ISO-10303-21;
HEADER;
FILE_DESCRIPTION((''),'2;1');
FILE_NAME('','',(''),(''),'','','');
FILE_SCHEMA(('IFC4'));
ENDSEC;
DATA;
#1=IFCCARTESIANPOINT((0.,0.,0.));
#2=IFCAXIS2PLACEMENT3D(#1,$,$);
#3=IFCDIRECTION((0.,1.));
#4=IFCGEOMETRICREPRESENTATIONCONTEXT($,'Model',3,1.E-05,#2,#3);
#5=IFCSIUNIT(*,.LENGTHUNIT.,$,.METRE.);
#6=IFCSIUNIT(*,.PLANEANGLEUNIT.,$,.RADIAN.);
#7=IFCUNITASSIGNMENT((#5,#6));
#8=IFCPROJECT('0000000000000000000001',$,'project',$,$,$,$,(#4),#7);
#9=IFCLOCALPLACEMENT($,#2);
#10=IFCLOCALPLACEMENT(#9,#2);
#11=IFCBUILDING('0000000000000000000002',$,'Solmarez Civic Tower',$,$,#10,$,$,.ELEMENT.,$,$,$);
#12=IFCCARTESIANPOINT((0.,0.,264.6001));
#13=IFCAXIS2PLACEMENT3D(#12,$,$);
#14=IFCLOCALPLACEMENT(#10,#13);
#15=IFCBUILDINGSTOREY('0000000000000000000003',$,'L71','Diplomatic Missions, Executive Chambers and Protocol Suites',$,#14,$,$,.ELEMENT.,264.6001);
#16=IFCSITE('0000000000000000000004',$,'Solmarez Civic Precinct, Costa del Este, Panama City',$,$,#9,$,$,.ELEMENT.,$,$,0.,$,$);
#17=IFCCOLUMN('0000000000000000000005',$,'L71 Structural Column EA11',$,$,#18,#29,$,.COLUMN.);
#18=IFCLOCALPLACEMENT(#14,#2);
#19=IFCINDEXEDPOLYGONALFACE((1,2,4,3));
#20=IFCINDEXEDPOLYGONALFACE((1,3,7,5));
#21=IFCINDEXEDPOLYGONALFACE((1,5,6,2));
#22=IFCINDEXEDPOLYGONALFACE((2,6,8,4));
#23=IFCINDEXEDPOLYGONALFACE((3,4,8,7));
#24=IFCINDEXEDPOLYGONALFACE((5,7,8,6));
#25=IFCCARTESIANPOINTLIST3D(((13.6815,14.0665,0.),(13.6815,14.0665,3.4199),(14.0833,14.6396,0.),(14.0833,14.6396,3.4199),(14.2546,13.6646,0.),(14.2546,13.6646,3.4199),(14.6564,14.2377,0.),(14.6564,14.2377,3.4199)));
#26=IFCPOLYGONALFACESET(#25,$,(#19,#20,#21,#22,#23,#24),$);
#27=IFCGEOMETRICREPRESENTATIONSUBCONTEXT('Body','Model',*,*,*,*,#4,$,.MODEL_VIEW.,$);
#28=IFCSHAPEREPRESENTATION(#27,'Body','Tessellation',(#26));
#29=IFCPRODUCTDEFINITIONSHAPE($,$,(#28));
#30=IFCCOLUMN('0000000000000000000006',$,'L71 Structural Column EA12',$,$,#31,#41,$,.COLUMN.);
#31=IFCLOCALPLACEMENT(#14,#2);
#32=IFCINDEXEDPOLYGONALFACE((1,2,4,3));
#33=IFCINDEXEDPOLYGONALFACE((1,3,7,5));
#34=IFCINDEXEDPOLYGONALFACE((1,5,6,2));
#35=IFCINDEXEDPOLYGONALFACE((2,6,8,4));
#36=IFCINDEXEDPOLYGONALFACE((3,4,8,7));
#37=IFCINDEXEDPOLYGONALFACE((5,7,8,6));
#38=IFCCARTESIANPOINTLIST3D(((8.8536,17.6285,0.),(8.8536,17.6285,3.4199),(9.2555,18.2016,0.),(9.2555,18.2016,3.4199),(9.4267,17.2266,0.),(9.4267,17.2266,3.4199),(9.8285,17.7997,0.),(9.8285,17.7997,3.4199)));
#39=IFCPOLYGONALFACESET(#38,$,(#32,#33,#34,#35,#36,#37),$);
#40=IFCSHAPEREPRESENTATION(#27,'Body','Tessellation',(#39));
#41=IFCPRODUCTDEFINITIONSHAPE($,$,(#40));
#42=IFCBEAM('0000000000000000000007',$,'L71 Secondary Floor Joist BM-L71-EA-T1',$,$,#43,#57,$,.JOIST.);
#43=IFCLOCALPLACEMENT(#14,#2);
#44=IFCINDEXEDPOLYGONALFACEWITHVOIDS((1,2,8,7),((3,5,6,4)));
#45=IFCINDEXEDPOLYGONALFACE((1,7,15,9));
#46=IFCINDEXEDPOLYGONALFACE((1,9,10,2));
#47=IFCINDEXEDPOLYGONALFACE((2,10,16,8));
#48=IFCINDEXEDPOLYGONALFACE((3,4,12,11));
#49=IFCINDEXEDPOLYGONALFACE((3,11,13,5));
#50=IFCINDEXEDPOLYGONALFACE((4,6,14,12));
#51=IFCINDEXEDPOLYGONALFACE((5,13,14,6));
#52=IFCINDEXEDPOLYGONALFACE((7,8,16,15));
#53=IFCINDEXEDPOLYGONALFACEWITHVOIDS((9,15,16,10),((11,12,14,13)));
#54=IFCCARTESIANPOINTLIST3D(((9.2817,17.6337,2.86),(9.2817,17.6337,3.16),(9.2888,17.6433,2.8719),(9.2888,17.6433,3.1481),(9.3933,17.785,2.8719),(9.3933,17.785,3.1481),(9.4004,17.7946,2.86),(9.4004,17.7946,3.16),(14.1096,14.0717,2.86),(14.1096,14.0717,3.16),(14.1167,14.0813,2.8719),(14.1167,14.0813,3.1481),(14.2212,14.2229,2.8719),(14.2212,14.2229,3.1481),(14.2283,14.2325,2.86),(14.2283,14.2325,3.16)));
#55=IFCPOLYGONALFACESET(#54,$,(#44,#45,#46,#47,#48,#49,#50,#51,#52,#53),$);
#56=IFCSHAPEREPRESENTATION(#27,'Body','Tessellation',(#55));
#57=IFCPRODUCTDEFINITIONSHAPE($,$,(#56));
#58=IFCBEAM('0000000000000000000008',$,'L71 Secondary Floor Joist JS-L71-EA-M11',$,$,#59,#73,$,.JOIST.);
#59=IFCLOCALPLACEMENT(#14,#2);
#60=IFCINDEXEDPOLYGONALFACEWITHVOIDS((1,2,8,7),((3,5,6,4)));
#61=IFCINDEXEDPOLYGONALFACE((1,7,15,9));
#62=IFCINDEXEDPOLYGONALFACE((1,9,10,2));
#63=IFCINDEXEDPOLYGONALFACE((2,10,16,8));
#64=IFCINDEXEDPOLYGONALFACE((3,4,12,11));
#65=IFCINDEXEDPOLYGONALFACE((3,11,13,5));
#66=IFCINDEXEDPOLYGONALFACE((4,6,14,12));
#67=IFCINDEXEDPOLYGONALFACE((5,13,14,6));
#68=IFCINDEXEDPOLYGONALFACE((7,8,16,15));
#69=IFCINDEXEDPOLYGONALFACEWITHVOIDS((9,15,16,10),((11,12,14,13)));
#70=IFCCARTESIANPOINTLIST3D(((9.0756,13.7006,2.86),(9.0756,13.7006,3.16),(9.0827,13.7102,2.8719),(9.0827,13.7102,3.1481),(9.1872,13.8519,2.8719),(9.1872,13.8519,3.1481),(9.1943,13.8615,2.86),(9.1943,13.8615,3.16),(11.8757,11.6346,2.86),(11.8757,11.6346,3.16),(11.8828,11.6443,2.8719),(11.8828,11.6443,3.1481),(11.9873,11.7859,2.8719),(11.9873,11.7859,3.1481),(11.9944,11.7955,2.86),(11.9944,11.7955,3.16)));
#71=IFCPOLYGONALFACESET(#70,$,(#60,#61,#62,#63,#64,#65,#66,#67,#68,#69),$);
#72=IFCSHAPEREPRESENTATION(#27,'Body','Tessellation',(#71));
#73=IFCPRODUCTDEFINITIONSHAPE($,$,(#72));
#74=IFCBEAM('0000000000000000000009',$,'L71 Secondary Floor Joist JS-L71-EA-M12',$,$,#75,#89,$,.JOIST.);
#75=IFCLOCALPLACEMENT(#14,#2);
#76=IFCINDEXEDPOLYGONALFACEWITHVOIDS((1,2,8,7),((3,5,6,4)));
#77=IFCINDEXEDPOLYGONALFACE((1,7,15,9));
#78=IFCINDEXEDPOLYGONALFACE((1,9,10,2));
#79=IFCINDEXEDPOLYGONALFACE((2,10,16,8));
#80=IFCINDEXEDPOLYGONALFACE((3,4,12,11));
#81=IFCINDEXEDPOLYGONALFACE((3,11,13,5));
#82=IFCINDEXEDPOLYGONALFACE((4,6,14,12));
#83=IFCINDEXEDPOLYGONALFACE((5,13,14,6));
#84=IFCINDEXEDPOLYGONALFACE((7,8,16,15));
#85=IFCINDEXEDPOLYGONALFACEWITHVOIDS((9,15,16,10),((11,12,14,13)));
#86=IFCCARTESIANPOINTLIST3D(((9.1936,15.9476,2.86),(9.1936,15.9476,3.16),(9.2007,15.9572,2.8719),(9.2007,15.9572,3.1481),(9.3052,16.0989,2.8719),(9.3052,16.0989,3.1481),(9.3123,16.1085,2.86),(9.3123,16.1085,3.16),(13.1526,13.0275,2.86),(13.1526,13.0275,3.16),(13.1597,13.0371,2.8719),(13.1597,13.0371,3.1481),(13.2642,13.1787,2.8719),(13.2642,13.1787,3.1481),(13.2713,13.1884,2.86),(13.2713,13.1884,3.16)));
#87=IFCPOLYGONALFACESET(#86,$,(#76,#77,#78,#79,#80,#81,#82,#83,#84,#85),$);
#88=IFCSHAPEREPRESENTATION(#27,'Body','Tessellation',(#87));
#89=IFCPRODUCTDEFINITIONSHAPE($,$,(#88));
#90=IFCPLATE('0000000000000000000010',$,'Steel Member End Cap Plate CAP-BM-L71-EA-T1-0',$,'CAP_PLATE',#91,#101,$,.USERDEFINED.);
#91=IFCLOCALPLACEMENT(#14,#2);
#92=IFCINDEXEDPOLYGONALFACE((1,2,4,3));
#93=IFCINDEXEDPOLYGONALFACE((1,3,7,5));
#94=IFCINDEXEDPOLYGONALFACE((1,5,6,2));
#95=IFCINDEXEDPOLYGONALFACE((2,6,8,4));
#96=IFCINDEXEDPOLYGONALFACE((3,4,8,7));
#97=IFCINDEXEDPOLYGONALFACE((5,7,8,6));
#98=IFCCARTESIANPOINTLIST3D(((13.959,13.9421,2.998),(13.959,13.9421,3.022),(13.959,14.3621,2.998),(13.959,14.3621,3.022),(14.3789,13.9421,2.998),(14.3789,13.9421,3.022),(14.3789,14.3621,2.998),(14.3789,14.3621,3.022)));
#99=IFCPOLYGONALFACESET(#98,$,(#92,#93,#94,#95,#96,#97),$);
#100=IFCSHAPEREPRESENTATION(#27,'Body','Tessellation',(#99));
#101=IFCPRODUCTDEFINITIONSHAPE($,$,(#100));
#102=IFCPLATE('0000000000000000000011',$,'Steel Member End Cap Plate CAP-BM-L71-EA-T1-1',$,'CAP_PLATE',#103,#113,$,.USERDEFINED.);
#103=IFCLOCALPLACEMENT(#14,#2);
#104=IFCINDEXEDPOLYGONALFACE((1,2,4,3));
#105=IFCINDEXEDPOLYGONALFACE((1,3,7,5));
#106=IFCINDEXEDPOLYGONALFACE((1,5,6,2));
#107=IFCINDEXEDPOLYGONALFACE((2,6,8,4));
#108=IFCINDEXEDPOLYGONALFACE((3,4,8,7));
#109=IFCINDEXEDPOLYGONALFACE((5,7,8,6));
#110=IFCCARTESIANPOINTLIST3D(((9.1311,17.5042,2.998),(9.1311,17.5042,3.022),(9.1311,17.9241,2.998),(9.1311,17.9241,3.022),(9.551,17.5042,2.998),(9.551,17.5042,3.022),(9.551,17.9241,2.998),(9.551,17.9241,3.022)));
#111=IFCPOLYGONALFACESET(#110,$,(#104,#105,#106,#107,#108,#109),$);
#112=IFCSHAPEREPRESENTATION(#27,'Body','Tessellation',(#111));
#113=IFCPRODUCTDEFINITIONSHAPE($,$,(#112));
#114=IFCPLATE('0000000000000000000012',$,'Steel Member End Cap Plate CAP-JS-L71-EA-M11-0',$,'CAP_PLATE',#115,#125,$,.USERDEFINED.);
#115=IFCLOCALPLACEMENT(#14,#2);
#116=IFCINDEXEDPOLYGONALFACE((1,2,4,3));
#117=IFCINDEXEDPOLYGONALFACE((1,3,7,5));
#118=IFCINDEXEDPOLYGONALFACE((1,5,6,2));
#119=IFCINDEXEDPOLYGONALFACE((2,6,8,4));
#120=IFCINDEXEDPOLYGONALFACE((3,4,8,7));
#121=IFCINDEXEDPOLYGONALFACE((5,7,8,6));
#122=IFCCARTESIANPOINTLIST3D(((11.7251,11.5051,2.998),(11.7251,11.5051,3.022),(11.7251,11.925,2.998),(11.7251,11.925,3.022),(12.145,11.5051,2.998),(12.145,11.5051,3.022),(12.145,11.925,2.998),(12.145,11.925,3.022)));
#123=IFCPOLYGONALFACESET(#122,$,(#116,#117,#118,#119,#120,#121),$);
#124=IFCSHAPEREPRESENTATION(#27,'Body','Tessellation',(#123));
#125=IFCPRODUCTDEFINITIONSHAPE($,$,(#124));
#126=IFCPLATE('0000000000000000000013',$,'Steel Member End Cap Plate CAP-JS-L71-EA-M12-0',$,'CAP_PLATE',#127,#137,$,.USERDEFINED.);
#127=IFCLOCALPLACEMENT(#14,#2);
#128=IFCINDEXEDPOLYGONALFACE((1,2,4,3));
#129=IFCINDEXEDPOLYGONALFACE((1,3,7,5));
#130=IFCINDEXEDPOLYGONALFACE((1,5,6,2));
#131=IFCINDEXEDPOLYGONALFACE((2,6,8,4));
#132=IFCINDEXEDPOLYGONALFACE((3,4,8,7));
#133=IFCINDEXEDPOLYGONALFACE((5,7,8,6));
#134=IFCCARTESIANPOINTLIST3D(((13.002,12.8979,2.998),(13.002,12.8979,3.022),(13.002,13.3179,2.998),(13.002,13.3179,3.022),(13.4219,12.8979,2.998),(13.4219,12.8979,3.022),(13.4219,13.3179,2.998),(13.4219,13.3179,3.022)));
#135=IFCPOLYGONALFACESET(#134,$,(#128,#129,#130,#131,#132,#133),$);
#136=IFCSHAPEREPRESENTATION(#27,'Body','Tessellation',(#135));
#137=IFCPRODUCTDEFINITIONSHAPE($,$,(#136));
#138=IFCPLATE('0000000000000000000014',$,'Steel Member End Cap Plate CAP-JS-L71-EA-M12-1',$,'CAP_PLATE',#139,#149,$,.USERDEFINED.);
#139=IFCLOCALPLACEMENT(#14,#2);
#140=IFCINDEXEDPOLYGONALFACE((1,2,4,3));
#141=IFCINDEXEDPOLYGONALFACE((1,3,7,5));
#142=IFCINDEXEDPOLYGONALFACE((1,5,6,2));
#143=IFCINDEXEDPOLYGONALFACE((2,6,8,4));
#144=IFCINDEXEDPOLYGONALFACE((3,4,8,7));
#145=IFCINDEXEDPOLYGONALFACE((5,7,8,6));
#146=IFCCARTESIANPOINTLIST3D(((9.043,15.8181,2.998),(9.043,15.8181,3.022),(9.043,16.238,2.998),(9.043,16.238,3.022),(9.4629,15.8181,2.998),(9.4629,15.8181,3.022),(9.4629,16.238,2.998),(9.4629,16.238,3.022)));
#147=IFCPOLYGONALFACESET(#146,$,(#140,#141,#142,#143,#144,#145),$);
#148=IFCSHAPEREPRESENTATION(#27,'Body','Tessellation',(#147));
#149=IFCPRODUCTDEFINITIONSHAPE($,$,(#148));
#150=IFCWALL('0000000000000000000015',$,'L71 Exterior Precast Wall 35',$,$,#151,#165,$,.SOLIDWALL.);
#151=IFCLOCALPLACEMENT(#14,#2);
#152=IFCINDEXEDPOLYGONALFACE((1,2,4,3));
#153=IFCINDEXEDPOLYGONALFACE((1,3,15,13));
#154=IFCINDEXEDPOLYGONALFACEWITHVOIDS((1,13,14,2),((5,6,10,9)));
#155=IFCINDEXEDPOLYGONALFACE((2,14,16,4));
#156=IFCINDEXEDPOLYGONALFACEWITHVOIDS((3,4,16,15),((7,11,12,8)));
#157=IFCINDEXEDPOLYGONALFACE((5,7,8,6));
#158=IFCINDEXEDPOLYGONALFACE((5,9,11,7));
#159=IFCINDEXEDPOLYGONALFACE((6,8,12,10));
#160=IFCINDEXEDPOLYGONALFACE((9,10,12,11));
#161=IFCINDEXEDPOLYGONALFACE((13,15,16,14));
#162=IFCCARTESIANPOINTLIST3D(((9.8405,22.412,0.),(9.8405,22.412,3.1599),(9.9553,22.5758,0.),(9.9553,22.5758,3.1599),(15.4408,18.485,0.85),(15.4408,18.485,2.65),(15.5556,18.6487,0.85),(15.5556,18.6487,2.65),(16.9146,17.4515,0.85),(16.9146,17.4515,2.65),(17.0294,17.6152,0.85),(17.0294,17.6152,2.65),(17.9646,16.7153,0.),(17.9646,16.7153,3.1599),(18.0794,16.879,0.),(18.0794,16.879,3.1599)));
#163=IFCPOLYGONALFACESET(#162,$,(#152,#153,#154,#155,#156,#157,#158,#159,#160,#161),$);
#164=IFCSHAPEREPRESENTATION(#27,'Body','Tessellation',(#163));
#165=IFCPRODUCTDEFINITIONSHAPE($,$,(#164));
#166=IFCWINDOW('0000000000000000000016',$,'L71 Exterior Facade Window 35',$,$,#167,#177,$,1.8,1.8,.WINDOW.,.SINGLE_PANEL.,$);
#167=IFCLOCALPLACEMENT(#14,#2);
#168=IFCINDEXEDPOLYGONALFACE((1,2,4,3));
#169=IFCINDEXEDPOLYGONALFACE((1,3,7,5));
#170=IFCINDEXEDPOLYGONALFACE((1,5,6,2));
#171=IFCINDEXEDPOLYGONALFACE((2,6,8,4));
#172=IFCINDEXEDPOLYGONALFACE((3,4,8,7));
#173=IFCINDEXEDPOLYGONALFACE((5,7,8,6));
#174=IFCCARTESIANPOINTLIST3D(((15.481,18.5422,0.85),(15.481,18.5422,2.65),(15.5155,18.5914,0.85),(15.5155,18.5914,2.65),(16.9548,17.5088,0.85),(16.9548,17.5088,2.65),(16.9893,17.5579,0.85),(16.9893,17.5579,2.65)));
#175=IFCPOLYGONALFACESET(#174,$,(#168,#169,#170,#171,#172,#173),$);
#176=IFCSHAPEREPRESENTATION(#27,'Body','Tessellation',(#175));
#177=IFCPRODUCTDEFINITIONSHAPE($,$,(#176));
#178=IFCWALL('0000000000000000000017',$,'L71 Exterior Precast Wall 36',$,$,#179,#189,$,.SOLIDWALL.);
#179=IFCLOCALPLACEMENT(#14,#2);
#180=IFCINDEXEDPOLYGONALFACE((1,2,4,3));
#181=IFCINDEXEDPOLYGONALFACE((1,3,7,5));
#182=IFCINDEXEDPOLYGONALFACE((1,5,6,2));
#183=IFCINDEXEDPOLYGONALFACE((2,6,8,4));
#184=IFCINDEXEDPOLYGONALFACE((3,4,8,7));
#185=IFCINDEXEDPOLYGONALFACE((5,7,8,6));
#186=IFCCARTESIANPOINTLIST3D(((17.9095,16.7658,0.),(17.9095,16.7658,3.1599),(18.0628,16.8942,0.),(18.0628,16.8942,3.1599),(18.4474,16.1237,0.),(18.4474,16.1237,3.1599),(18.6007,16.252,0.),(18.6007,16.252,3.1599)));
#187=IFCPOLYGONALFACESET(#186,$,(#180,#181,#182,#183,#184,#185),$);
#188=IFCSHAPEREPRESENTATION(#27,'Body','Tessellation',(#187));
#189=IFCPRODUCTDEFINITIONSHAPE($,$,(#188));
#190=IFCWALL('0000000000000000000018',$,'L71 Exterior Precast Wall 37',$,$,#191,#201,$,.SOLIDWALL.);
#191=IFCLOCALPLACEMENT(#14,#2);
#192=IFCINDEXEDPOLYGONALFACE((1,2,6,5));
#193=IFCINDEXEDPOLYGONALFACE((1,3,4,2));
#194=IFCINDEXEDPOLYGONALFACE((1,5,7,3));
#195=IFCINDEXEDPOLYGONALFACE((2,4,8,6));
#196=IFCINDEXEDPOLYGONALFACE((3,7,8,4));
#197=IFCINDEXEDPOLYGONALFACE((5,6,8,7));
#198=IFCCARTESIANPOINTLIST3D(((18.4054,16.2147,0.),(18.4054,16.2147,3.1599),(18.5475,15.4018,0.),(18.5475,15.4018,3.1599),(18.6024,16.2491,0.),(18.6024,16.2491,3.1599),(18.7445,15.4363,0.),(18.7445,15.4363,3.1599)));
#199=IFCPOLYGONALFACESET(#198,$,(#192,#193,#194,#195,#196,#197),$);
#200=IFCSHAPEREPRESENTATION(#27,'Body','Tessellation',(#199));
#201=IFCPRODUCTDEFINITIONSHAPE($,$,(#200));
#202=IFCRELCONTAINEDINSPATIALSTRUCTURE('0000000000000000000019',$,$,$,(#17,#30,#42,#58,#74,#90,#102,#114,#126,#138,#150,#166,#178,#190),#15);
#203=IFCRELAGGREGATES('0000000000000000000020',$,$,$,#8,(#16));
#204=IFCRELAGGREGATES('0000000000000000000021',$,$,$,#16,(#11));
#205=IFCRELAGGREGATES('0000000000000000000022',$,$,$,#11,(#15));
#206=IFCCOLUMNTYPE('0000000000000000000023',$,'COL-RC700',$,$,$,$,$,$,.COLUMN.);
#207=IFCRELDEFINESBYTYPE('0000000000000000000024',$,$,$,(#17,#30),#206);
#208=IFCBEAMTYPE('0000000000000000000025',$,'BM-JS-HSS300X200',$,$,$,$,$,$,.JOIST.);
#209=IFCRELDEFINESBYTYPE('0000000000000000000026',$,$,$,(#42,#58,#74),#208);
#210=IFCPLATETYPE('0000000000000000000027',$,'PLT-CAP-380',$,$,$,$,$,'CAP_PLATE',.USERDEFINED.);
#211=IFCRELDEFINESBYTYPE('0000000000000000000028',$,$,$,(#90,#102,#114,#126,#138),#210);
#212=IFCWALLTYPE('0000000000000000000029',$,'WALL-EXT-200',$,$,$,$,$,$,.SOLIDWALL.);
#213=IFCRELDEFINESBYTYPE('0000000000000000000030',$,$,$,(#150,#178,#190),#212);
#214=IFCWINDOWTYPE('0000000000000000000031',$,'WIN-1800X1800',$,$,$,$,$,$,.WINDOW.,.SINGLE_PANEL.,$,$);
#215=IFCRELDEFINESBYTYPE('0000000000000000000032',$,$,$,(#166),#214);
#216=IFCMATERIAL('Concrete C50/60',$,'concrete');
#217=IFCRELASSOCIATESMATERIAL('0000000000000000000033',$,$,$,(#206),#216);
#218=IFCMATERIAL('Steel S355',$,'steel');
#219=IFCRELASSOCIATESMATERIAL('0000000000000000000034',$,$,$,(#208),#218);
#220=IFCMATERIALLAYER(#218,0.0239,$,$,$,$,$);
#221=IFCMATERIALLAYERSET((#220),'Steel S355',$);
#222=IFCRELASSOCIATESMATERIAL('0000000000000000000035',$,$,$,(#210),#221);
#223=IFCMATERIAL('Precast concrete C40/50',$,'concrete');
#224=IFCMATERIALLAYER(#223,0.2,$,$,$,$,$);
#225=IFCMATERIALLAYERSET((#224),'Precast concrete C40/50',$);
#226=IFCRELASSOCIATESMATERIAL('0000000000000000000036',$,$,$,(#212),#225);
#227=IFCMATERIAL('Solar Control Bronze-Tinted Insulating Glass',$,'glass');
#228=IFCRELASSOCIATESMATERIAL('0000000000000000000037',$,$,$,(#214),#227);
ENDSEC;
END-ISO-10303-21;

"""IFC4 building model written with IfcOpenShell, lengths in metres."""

from ifc_helpers import new_model, si_unit, direction, frame, frame_2d, origin, origin_2d, place, context, subcontext, project, spatial, rectangle, hollow_rectangle, extrude, material, layer, layer_set, material_profile, profile_set, type_object, element, fill, save


model = new_model("IFC4")

# Units and contexts
model_context = context("Model", 3, precision=1e-05, world=origin(), true_north=direction((0.0, 1.0)))
body_context = subcontext(model_context, "Body", "Model", "MODEL_VIEW")
ifc_project = project(units=[si_unit("LENGTHUNIT", "METRE"), si_unit("PLANEANGLEUNIT", "RADIAN")], contexts=[model_context])

# Site, building, storey
site_placement = place(None, origin())
site = spatial("IfcSite", under=ifc_project, at=site_placement, Name="Solmarez Civic Precinct, Costa del Este, Panama City", CompositionType="ELEMENT", RefElevation=0.0)
building_placement = place(site_placement, origin())
building = spatial("IfcBuilding", under=site, at=building_placement, Name="Solmarez Civic Tower", CompositionType="ELEMENT")
storey_placement = place(building_placement, frame((0.0, 0.0, 264.6001)))
storey = spatial("IfcBuildingStorey", under=building, at=storey_placement, Name="L71", Description="Diplomatic Missions, Executive Chambers and Protocol Suites", CompositionType="ELEMENT", Elevation=264.6001)

# Columns
ifc_material_1 = material(Name="Concrete C50/60", Category="concrete")
ifc_material_profile_1 = material_profile(ifc_material_1, rectangle(XDim=0.7, YDim=0.7, at=origin_2d()), Name="RC700X700")
ifc_profile_set_1 = profile_set([ifc_material_profile_1], Name="Concrete C50/60")
column_type = type_object("IfcColumnType", Name="COL-RC700", PredefinedType="COLUMN", material=ifc_profile_set_1)
for number, where, z_axis, x_axis, name in (
    (1, (14.1689, 14.1521, 0.0), (0.0, 0.0, 1.0), (0.574148, 0.818751, 0.0), "L71 Structural Column EA11"),
    (2, (9.3411, 17.7141, 0.0), (0.0, 0.0, 1.0), (0.574148, 0.818751, 0.0), "L71 Structural Column EA12"),
):
    element("IfcColumn", number, at=place(storey_placement, frame(where, z_axis=z_axis, x_axis=x_axis)), inside=storey, type_object=column_type, Name=name, PredefinedType="COLUMN", context=body_context, shape_type="SweptSolid", body=[
        extrude(rectangle(XDim=0.7, YDim=0.7, at=origin_2d()), origin(), (0.0, 0.0, 1.0), 3.4199),
    ])

# Beams
ifc_material_2 = material(Name="Steel S355", Category="steel")
ifc_material_profile_2 = material_profile(ifc_material_2, hollow_rectangle(XDim=0.2, YDim=0.3, WallThickness=0.012, at=origin_2d()), Name="HSS300X200X12")
ifc_profile_set_2 = profile_set([ifc_material_profile_2], Name="Steel S355")
beam_type = type_object("IfcBeamType", Name="BM-JS-HSS300X200", PredefinedType="JOIST", material=ifc_profile_set_2)
beam_1_placement = place(storey_placement, frame((14.1689, 14.1521, 3.01), z_axis=(-0.804687, 0.593699, 0.0), x_axis=(-0.593699, -0.804687, 0.0)))
element("IfcBeam", 3, at=beam_1_placement, inside=storey, type_object=beam_type, Name="L71 Secondary Floor Joist BM-L71-EA-T1", PredefinedType="JOIST", context=body_context, shape_type="SweptSolid", body=[
    extrude(hollow_rectangle(XDim=0.2, YDim=0.3, WallThickness=0.012, at=origin_2d()), origin(), (0.0, 0.0, 1.0), 5.9998),
])
beam_2_placement = place(storey_placement, frame((11.9351, 11.7151, 3.01), z_axis=(-0.804682, 0.593706, 0.0), x_axis=(-0.593706, -0.804682, 0.0)))
element("IfcBeam", 4, at=beam_2_placement, inside=storey, type_object=beam_type, Name="L71 Secondary Floor Joist JS-L71-EA-M11", PredefinedType="JOIST", context=body_context, shape_type="SweptSolid", body=[
    extrude(hollow_rectangle(XDim=0.2, YDim=0.3, WallThickness=0.012, at=origin_2d()), origin(), (0.0, 0.0, 1.0), 3.4797),
])
beam_3_placement = place(storey_placement, frame((13.2119, 13.1079, 3.01), z_axis=(-0.804763, 0.593597, 0.0), x_axis=(-0.593597, -0.804763, 0.0)))
element("IfcBeam", 5, at=beam_3_placement, inside=storey, type_object=beam_type, Name="L71 Secondary Floor Joist JS-L71-EA-M12", PredefinedType="JOIST", context=body_context, shape_type="SweptSolid", body=[
    extrude(hollow_rectangle(XDim=0.2, YDim=0.3, WallThickness=0.012, at=origin_2d()), origin(), (0.0, 0.0, 1.0), 4.9194),
])

# Plates
ifc_layer_1 = layer(ifc_material_2, 0.0239)
ifc_layer_set_1 = layer_set([ifc_layer_1], Name="Steel S355")
plate_type = type_object("IfcPlateType", Name="PLT-CAP-380", ElementType="CAP_PLATE", PredefinedType="USERDEFINED", material=ifc_layer_set_1)
for number, where, z_axis, x_axis, name in (
    (6, (14.1689, 14.1521, 2.998), (0.0, 0.0, 1.0), (1.0, 0.0, 0.0), "Steel Member End Cap Plate CAP-BM-L71-EA-T1-0"),
    (7, (9.3411, 17.7141, 2.998), (0.0, 0.0, 1.0), (1.0, 0.0, 0.0), "Steel Member End Cap Plate CAP-BM-L71-EA-T1-1"),
    (8, (11.9351, 11.7151, 2.998), (0.0, 0.0, 1.0), (1.0, 0.0, 0.0), "Steel Member End Cap Plate CAP-JS-L71-EA-M11-0"),
    (9, (13.2119, 13.1079, 2.998), (0.0, 0.0, 1.0), (1.0, 0.0, 0.0), "Steel Member End Cap Plate CAP-JS-L71-EA-M12-0"),
    (10, (9.2529, 16.0281, 2.998), (0.0, 0.0, 1.0), (1.0, 0.0, 0.0), "Steel Member End Cap Plate CAP-JS-L71-EA-M12-1"),
):
    element("IfcPlate", number, at=place(storey_placement, frame(where, z_axis=z_axis, x_axis=x_axis)), inside=storey, type_object=plate_type, Name=name, ObjectType="CAP_PLATE", PredefinedType="USERDEFINED", context=body_context, shape_type="SweptSolid", body=[
        extrude(rectangle(XDim=0.4199, YDim=0.4199, at=origin_2d()), origin(), (0.0, 0.0, 1.0), 0.0239),
    ])

# Wall, opening, window
ifc_material_3 = material(Name="Precast concrete C40/50", Category="concrete")
ifc_layer_2 = layer(ifc_material_3, 0.2)
ifc_layer_set_2 = layer_set([ifc_layer_2], Name="Precast concrete C40/50")
wall_type_1 = type_object("IfcWallType", Name="WALL-EXT-200", PredefinedType="SOLIDWALL", material=ifc_layer_set_2)
wall_1_placement = place(storey_placement, frame((9.8979, 22.4939, 0.0), z_axis=(0.0, 0.0, 1.0), x_axis=(0.81876, -0.574136, 0.0)))
wall_1 = element("IfcWall", 11, at=wall_1_placement, inside=storey, type_object=wall_type_1, Name="L71 Exterior Precast Wall 35", PredefinedType="SOLIDWALL", context=body_context, shape_type="SweptSolid", body=[
    extrude(rectangle(XDim=9.9224, YDim=0.2, at=frame_2d((4.9612, 0.0))), origin(), (0.0, 0.0, 1.0), 3.1599),
])
opening_1_placement = place(wall_1_placement, frame((6.8401, 0.0, 0.8501)))
opening_1 = element("IfcOpeningElement", 12, at=opening_1_placement, cuts=wall_1, PredefinedType="OPENING", context=body_context, shape_type="SweptSolid", body=[
    extrude(rectangle(XDim=1.8, YDim=1.8, at=frame_2d((0.8999, 0.8999))), frame((0.0, 0.1099, 0.0), z_axis=(0.0, -1.0, 0.0), x_axis=(1.0, 0.0, 0.0)), (0.0, 0.0, 1.0), 0.22),
])
ifc_material_4 = material(Name="Solar Control Bronze-Tinted Insulating Glass", Category="glass")
window_type_1 = type_object("IfcWindowType", Name="WIN-1800X1800", PartitioningType="SINGLE_PANEL", PredefinedType="WINDOW", material=ifc_material_4)
window_1_placement = place(opening_1_placement, origin())
window_1 = element("IfcWindow", 13, at=window_1_placement, inside=storey, type_object=window_type_1, Name="L71 Exterior Facade Window 35", OverallHeight=1.8, OverallWidth=1.8, PartitioningType="SINGLE_PANEL", PredefinedType="WINDOW", context=body_context, shape_type="SweptSolid", body=[
    extrude(rectangle(XDim=1.8, YDim=1.8, at=frame_2d((0.8999, 0.8999))), frame((0.0, 0.03, 0.0), z_axis=(0.0, -1.0, 0.0), x_axis=(1.0, 0.0, 0.0)), (0.0, 0.0, 1.0), 0.0601),
])
fill(opening_1, window_1)

# Walls
wall_2_placement = place(storey_placement, frame((17.9861, 16.8301, 0.0), z_axis=(0.0, 0.0, 1.0), x_axis=(0.642132, -0.766594, 0.0)))
element("IfcWall", 14, at=wall_2_placement, inside=storey, type_object=wall_type_1, Name="L71 Exterior Precast Wall 36", PredefinedType="SOLIDWALL", context=body_context, shape_type="SweptSolid", body=[
    extrude(rectangle(XDim=0.8376, YDim=0.2, at=frame_2d((0.4189, 0.0))), origin(), (0.0, 0.0, 1.0), 3.1599),
])
wall_3_placement = place(storey_placement, frame((18.5039, 16.2319, 0.0), z_axis=(0.0, 0.0, 1.0), x_axis=(0.172165, -0.985068, 0.0)))
element("IfcWall", 15, at=wall_3_placement, inside=storey, type_object=wall_type_1, Name="L71 Exterior Precast Wall 37", PredefinedType="SOLIDWALL", context=body_context, shape_type="SweptSolid", body=[
    extrude(rectangle(XDim=0.8252, YDim=0.2, at=frame_2d((0.4126, 0.0))), origin(), (0.0, 0.0, 1.0), 3.1599),
])

save(model, "model.ifc")
